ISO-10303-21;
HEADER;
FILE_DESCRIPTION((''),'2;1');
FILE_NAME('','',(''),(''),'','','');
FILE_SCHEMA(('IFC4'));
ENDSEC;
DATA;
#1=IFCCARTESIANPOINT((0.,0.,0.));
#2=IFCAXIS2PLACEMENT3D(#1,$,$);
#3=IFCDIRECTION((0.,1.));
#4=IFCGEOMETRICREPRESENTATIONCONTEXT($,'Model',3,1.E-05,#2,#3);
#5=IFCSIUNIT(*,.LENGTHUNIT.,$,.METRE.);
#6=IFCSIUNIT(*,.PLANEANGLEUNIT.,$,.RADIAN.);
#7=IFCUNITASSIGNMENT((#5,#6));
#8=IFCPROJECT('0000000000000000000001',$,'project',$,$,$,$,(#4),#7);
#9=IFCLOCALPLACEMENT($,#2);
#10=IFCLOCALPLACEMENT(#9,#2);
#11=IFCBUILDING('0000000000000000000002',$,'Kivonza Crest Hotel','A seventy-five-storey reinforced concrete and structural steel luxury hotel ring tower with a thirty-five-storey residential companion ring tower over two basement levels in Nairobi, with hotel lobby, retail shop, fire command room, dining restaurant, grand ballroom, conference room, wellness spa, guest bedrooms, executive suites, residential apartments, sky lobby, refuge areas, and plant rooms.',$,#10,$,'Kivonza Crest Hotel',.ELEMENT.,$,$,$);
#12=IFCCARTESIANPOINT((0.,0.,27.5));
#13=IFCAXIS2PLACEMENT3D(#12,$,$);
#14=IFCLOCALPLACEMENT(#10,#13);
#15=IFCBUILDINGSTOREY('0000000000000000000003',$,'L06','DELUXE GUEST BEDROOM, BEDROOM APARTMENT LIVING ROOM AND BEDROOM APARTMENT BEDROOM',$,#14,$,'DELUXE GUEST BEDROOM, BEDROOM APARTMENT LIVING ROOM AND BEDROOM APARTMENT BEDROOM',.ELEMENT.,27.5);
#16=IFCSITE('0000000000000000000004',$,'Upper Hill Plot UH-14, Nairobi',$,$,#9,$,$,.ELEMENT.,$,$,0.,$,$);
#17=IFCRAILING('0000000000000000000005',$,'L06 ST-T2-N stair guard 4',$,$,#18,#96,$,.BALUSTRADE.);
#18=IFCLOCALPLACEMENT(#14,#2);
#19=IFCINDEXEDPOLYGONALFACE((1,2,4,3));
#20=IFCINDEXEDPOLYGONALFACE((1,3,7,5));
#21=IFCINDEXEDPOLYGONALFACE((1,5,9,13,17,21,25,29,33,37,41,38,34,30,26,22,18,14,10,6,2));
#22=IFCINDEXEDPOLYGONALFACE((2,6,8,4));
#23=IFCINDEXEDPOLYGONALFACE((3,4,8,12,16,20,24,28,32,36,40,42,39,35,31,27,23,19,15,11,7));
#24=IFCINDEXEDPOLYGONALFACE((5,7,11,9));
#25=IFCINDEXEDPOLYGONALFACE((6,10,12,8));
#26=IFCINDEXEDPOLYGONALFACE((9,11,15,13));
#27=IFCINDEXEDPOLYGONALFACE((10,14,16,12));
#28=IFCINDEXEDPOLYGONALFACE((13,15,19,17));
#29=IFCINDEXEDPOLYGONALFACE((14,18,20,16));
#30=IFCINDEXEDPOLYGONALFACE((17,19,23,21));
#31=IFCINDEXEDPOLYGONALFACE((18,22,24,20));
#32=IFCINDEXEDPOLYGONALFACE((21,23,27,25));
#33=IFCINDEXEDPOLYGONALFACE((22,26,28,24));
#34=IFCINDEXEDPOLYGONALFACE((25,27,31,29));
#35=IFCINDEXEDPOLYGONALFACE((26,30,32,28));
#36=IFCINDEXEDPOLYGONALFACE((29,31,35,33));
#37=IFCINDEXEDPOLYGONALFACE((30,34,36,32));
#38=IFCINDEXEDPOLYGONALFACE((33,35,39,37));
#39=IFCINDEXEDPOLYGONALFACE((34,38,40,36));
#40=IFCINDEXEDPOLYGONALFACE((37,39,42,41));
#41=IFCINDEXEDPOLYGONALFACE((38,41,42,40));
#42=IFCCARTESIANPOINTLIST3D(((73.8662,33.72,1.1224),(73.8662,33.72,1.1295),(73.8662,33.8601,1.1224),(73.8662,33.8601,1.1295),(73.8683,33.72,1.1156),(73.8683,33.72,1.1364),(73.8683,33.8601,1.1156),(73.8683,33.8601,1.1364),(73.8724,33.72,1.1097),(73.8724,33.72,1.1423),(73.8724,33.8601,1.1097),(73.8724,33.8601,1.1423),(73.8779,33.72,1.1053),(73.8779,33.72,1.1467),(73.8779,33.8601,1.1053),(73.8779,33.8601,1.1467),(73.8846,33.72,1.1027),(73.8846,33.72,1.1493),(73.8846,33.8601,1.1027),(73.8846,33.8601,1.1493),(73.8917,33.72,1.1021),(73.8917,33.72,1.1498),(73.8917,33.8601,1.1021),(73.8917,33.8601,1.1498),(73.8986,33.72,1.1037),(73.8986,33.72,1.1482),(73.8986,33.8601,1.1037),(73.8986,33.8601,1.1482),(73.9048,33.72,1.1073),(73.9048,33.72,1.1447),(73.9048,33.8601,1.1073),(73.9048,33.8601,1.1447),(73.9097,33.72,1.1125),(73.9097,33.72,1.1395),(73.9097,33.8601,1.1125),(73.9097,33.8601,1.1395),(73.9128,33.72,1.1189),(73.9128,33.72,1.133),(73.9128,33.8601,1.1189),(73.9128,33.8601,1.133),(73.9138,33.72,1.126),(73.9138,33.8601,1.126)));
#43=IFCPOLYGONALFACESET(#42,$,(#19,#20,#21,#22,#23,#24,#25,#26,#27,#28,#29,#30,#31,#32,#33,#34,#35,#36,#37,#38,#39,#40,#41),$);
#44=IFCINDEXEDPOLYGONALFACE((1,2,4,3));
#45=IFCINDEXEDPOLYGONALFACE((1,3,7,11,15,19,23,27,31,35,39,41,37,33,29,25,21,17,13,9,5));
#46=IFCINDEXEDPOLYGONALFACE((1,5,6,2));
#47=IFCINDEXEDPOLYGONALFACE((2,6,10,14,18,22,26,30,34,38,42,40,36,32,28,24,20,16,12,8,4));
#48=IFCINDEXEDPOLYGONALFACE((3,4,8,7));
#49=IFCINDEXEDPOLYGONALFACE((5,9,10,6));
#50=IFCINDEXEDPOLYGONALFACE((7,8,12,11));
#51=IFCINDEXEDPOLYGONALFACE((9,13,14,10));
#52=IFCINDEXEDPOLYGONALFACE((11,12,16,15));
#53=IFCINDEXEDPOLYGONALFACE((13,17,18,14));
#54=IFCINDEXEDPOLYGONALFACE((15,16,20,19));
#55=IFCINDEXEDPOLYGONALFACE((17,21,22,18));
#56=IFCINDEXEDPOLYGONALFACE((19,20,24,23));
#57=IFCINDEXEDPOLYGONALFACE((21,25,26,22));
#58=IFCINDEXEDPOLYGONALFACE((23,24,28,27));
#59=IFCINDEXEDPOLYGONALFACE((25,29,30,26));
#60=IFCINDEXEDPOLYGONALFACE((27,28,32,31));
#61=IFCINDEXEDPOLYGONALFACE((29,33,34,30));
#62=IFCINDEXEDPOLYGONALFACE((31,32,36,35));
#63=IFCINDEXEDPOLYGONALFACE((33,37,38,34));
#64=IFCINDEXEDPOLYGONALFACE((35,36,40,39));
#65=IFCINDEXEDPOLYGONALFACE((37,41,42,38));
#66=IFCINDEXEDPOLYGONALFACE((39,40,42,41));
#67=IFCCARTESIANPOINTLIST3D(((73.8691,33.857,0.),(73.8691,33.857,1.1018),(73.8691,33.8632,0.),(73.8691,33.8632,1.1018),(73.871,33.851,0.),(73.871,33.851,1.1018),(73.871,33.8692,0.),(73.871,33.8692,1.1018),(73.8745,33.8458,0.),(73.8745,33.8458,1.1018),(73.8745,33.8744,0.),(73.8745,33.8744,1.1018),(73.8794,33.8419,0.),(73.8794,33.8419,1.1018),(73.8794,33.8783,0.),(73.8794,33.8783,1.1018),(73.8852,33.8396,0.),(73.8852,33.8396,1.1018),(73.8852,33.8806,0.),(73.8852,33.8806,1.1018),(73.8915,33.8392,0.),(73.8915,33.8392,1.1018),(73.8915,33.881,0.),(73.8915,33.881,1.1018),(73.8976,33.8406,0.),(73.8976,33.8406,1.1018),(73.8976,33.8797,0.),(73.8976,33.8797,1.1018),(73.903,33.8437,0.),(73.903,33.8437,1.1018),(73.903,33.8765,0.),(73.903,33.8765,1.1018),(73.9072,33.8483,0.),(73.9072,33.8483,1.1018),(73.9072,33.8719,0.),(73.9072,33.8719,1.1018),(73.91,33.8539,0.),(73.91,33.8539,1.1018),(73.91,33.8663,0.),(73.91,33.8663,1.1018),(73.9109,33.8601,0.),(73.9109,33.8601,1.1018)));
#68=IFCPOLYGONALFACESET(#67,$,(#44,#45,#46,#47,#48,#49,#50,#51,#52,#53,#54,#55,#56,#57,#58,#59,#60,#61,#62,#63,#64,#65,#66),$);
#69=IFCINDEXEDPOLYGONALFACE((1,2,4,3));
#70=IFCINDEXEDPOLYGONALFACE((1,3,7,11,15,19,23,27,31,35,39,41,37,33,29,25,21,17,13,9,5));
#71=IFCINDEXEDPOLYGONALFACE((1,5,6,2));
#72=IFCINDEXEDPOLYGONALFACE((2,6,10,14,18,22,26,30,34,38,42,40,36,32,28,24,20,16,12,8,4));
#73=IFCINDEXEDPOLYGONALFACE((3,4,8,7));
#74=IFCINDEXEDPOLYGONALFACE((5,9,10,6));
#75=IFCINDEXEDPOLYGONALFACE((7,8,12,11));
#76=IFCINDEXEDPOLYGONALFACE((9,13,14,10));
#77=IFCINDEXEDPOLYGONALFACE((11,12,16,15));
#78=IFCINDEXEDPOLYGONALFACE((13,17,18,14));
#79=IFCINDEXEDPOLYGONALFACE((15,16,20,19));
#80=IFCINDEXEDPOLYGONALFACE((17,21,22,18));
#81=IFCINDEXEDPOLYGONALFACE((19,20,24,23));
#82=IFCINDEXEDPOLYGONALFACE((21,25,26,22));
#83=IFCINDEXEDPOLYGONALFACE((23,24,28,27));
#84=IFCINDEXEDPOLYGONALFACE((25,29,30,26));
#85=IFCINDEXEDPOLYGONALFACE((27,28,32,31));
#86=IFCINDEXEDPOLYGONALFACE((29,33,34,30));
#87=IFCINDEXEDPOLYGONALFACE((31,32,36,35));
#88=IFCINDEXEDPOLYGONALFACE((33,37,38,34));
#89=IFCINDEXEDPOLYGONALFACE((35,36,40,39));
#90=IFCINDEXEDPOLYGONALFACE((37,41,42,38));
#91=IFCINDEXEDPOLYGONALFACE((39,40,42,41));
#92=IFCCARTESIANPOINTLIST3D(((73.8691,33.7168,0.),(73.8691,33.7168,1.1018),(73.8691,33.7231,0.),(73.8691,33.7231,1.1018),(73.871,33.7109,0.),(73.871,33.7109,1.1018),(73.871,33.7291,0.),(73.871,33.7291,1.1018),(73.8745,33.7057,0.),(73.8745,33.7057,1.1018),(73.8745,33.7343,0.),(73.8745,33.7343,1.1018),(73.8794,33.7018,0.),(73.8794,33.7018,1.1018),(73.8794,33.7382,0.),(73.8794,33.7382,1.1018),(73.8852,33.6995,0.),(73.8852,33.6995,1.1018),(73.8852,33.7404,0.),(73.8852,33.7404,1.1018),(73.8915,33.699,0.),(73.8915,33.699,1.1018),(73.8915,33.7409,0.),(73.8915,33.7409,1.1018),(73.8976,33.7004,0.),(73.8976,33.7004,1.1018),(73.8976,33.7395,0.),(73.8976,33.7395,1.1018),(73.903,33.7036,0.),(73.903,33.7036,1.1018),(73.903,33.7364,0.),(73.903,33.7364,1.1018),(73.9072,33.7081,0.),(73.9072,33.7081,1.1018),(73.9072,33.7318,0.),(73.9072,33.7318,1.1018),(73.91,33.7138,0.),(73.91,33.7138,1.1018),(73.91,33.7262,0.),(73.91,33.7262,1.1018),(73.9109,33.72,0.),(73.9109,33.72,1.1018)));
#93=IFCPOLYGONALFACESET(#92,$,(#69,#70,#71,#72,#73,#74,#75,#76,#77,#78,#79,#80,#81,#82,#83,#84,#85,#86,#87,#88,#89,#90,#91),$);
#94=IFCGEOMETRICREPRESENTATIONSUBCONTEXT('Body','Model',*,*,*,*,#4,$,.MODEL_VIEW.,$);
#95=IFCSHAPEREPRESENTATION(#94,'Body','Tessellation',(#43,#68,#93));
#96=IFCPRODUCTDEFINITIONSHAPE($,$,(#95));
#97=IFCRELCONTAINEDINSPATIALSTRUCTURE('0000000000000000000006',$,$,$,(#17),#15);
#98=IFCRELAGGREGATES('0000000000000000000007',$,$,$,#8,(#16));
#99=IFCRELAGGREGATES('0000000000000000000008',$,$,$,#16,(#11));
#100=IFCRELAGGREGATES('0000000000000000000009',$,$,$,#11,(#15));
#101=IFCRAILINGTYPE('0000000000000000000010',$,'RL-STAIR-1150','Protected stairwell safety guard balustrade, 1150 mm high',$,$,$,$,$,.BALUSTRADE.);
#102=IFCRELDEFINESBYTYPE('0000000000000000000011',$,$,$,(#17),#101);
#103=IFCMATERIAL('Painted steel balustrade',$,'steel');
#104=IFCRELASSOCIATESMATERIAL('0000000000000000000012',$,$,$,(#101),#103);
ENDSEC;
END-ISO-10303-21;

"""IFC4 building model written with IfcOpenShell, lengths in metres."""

from ifc_helpers import new_model, si_unit, direction, frame, origin, origin_2d, place, context, subcontext, project, spatial, circle, extrude, material, type_object, element, save


model = new_model("IFC4")

# Units and contexts
model_context = context("Model", 3, precision=1e-05, world=origin(), true_north=direction((0.0, 1.0)))
body_context = subcontext(model_context, "Body", "Model", "MODEL_VIEW")
ifc_project = project(units=[si_unit("LENGTHUNIT", "METRE"), si_unit("PLANEANGLEUNIT", "RADIAN")], contexts=[model_context])

# Site, building, storey
site_placement = place(None, origin())
site = spatial("IfcSite", under=ifc_project, at=site_placement, Name="Upper Hill Plot UH-14, Nairobi", CompositionType="ELEMENT", RefElevation=0.0)
building_placement = place(site_placement, origin())
building = spatial("IfcBuilding", under=site, at=building_placement, Name="Kivonza Crest Hotel", Description="A seventy-five-storey reinforced concrete and structural steel luxury hotel ring tower with a thirty-five-storey residential companion ring tower over two basement levels in Nairobi, with hotel lobby, retail shop, fire command room, dining restaurant, grand ballroom, conference room, wellness spa, guest bedrooms, executive suites, residential apartments, sky lobby, refuge areas, and plant rooms.", LongName="Kivonza Crest Hotel", CompositionType="ELEMENT")
storey_placement = place(building_placement, frame((0.0, 0.0, 27.5)))
storey = spatial("IfcBuildingStorey", under=building, at=storey_placement, Name="L06", Description="DELUXE GUEST BEDROOM, BEDROOM APARTMENT LIVING ROOM AND BEDROOM APARTMENT BEDROOM", LongName="DELUXE GUEST BEDROOM, BEDROOM APARTMENT LIVING ROOM AND BEDROOM APARTMENT BEDROOM", CompositionType="ELEMENT", Elevation=27.5)

# Railing
ifc_material_1 = material(Name="Painted steel balustrade", Category="steel")
railing_type_1 = type_object("IfcRailingType", Name="RL-STAIR-1150", Description="Protected stairwell safety guard balustrade, 1150 mm high", PredefinedType="BALUSTRADE", material=ifc_material_1)
railing_1_placement = place(storey_placement, frame((73.8899, 33.8601, 0.0)))
element("IfcRailing", 1, at=railing_1_placement, inside=storey, type_object=railing_type_1, Name="L06 ST-T2-N stair guard 4", PredefinedType="BALUSTRADE", context=body_context, shape_type="SweptSolid", body=[
    extrude(circle(Radius=0.0239, at=origin_2d()), frame((0.0, 0.0, 1.126), z_axis=(0.0, -1.0, 0.0), x_axis=(1.0, 0.0, 0.0)), (0.0, 0.0, 1.0), 0.1401),
    extrude(circle(Radius=0.021, at=origin_2d()), origin(), (0.0, 0.0, 1.0), 1.1018),
    extrude(circle(Radius=0.021, at=origin_2d()), frame((0.0, -0.1401, 0.0)), (0.0, 0.0, 1.0), 1.1018),
])

save(model, "model.ifc")
